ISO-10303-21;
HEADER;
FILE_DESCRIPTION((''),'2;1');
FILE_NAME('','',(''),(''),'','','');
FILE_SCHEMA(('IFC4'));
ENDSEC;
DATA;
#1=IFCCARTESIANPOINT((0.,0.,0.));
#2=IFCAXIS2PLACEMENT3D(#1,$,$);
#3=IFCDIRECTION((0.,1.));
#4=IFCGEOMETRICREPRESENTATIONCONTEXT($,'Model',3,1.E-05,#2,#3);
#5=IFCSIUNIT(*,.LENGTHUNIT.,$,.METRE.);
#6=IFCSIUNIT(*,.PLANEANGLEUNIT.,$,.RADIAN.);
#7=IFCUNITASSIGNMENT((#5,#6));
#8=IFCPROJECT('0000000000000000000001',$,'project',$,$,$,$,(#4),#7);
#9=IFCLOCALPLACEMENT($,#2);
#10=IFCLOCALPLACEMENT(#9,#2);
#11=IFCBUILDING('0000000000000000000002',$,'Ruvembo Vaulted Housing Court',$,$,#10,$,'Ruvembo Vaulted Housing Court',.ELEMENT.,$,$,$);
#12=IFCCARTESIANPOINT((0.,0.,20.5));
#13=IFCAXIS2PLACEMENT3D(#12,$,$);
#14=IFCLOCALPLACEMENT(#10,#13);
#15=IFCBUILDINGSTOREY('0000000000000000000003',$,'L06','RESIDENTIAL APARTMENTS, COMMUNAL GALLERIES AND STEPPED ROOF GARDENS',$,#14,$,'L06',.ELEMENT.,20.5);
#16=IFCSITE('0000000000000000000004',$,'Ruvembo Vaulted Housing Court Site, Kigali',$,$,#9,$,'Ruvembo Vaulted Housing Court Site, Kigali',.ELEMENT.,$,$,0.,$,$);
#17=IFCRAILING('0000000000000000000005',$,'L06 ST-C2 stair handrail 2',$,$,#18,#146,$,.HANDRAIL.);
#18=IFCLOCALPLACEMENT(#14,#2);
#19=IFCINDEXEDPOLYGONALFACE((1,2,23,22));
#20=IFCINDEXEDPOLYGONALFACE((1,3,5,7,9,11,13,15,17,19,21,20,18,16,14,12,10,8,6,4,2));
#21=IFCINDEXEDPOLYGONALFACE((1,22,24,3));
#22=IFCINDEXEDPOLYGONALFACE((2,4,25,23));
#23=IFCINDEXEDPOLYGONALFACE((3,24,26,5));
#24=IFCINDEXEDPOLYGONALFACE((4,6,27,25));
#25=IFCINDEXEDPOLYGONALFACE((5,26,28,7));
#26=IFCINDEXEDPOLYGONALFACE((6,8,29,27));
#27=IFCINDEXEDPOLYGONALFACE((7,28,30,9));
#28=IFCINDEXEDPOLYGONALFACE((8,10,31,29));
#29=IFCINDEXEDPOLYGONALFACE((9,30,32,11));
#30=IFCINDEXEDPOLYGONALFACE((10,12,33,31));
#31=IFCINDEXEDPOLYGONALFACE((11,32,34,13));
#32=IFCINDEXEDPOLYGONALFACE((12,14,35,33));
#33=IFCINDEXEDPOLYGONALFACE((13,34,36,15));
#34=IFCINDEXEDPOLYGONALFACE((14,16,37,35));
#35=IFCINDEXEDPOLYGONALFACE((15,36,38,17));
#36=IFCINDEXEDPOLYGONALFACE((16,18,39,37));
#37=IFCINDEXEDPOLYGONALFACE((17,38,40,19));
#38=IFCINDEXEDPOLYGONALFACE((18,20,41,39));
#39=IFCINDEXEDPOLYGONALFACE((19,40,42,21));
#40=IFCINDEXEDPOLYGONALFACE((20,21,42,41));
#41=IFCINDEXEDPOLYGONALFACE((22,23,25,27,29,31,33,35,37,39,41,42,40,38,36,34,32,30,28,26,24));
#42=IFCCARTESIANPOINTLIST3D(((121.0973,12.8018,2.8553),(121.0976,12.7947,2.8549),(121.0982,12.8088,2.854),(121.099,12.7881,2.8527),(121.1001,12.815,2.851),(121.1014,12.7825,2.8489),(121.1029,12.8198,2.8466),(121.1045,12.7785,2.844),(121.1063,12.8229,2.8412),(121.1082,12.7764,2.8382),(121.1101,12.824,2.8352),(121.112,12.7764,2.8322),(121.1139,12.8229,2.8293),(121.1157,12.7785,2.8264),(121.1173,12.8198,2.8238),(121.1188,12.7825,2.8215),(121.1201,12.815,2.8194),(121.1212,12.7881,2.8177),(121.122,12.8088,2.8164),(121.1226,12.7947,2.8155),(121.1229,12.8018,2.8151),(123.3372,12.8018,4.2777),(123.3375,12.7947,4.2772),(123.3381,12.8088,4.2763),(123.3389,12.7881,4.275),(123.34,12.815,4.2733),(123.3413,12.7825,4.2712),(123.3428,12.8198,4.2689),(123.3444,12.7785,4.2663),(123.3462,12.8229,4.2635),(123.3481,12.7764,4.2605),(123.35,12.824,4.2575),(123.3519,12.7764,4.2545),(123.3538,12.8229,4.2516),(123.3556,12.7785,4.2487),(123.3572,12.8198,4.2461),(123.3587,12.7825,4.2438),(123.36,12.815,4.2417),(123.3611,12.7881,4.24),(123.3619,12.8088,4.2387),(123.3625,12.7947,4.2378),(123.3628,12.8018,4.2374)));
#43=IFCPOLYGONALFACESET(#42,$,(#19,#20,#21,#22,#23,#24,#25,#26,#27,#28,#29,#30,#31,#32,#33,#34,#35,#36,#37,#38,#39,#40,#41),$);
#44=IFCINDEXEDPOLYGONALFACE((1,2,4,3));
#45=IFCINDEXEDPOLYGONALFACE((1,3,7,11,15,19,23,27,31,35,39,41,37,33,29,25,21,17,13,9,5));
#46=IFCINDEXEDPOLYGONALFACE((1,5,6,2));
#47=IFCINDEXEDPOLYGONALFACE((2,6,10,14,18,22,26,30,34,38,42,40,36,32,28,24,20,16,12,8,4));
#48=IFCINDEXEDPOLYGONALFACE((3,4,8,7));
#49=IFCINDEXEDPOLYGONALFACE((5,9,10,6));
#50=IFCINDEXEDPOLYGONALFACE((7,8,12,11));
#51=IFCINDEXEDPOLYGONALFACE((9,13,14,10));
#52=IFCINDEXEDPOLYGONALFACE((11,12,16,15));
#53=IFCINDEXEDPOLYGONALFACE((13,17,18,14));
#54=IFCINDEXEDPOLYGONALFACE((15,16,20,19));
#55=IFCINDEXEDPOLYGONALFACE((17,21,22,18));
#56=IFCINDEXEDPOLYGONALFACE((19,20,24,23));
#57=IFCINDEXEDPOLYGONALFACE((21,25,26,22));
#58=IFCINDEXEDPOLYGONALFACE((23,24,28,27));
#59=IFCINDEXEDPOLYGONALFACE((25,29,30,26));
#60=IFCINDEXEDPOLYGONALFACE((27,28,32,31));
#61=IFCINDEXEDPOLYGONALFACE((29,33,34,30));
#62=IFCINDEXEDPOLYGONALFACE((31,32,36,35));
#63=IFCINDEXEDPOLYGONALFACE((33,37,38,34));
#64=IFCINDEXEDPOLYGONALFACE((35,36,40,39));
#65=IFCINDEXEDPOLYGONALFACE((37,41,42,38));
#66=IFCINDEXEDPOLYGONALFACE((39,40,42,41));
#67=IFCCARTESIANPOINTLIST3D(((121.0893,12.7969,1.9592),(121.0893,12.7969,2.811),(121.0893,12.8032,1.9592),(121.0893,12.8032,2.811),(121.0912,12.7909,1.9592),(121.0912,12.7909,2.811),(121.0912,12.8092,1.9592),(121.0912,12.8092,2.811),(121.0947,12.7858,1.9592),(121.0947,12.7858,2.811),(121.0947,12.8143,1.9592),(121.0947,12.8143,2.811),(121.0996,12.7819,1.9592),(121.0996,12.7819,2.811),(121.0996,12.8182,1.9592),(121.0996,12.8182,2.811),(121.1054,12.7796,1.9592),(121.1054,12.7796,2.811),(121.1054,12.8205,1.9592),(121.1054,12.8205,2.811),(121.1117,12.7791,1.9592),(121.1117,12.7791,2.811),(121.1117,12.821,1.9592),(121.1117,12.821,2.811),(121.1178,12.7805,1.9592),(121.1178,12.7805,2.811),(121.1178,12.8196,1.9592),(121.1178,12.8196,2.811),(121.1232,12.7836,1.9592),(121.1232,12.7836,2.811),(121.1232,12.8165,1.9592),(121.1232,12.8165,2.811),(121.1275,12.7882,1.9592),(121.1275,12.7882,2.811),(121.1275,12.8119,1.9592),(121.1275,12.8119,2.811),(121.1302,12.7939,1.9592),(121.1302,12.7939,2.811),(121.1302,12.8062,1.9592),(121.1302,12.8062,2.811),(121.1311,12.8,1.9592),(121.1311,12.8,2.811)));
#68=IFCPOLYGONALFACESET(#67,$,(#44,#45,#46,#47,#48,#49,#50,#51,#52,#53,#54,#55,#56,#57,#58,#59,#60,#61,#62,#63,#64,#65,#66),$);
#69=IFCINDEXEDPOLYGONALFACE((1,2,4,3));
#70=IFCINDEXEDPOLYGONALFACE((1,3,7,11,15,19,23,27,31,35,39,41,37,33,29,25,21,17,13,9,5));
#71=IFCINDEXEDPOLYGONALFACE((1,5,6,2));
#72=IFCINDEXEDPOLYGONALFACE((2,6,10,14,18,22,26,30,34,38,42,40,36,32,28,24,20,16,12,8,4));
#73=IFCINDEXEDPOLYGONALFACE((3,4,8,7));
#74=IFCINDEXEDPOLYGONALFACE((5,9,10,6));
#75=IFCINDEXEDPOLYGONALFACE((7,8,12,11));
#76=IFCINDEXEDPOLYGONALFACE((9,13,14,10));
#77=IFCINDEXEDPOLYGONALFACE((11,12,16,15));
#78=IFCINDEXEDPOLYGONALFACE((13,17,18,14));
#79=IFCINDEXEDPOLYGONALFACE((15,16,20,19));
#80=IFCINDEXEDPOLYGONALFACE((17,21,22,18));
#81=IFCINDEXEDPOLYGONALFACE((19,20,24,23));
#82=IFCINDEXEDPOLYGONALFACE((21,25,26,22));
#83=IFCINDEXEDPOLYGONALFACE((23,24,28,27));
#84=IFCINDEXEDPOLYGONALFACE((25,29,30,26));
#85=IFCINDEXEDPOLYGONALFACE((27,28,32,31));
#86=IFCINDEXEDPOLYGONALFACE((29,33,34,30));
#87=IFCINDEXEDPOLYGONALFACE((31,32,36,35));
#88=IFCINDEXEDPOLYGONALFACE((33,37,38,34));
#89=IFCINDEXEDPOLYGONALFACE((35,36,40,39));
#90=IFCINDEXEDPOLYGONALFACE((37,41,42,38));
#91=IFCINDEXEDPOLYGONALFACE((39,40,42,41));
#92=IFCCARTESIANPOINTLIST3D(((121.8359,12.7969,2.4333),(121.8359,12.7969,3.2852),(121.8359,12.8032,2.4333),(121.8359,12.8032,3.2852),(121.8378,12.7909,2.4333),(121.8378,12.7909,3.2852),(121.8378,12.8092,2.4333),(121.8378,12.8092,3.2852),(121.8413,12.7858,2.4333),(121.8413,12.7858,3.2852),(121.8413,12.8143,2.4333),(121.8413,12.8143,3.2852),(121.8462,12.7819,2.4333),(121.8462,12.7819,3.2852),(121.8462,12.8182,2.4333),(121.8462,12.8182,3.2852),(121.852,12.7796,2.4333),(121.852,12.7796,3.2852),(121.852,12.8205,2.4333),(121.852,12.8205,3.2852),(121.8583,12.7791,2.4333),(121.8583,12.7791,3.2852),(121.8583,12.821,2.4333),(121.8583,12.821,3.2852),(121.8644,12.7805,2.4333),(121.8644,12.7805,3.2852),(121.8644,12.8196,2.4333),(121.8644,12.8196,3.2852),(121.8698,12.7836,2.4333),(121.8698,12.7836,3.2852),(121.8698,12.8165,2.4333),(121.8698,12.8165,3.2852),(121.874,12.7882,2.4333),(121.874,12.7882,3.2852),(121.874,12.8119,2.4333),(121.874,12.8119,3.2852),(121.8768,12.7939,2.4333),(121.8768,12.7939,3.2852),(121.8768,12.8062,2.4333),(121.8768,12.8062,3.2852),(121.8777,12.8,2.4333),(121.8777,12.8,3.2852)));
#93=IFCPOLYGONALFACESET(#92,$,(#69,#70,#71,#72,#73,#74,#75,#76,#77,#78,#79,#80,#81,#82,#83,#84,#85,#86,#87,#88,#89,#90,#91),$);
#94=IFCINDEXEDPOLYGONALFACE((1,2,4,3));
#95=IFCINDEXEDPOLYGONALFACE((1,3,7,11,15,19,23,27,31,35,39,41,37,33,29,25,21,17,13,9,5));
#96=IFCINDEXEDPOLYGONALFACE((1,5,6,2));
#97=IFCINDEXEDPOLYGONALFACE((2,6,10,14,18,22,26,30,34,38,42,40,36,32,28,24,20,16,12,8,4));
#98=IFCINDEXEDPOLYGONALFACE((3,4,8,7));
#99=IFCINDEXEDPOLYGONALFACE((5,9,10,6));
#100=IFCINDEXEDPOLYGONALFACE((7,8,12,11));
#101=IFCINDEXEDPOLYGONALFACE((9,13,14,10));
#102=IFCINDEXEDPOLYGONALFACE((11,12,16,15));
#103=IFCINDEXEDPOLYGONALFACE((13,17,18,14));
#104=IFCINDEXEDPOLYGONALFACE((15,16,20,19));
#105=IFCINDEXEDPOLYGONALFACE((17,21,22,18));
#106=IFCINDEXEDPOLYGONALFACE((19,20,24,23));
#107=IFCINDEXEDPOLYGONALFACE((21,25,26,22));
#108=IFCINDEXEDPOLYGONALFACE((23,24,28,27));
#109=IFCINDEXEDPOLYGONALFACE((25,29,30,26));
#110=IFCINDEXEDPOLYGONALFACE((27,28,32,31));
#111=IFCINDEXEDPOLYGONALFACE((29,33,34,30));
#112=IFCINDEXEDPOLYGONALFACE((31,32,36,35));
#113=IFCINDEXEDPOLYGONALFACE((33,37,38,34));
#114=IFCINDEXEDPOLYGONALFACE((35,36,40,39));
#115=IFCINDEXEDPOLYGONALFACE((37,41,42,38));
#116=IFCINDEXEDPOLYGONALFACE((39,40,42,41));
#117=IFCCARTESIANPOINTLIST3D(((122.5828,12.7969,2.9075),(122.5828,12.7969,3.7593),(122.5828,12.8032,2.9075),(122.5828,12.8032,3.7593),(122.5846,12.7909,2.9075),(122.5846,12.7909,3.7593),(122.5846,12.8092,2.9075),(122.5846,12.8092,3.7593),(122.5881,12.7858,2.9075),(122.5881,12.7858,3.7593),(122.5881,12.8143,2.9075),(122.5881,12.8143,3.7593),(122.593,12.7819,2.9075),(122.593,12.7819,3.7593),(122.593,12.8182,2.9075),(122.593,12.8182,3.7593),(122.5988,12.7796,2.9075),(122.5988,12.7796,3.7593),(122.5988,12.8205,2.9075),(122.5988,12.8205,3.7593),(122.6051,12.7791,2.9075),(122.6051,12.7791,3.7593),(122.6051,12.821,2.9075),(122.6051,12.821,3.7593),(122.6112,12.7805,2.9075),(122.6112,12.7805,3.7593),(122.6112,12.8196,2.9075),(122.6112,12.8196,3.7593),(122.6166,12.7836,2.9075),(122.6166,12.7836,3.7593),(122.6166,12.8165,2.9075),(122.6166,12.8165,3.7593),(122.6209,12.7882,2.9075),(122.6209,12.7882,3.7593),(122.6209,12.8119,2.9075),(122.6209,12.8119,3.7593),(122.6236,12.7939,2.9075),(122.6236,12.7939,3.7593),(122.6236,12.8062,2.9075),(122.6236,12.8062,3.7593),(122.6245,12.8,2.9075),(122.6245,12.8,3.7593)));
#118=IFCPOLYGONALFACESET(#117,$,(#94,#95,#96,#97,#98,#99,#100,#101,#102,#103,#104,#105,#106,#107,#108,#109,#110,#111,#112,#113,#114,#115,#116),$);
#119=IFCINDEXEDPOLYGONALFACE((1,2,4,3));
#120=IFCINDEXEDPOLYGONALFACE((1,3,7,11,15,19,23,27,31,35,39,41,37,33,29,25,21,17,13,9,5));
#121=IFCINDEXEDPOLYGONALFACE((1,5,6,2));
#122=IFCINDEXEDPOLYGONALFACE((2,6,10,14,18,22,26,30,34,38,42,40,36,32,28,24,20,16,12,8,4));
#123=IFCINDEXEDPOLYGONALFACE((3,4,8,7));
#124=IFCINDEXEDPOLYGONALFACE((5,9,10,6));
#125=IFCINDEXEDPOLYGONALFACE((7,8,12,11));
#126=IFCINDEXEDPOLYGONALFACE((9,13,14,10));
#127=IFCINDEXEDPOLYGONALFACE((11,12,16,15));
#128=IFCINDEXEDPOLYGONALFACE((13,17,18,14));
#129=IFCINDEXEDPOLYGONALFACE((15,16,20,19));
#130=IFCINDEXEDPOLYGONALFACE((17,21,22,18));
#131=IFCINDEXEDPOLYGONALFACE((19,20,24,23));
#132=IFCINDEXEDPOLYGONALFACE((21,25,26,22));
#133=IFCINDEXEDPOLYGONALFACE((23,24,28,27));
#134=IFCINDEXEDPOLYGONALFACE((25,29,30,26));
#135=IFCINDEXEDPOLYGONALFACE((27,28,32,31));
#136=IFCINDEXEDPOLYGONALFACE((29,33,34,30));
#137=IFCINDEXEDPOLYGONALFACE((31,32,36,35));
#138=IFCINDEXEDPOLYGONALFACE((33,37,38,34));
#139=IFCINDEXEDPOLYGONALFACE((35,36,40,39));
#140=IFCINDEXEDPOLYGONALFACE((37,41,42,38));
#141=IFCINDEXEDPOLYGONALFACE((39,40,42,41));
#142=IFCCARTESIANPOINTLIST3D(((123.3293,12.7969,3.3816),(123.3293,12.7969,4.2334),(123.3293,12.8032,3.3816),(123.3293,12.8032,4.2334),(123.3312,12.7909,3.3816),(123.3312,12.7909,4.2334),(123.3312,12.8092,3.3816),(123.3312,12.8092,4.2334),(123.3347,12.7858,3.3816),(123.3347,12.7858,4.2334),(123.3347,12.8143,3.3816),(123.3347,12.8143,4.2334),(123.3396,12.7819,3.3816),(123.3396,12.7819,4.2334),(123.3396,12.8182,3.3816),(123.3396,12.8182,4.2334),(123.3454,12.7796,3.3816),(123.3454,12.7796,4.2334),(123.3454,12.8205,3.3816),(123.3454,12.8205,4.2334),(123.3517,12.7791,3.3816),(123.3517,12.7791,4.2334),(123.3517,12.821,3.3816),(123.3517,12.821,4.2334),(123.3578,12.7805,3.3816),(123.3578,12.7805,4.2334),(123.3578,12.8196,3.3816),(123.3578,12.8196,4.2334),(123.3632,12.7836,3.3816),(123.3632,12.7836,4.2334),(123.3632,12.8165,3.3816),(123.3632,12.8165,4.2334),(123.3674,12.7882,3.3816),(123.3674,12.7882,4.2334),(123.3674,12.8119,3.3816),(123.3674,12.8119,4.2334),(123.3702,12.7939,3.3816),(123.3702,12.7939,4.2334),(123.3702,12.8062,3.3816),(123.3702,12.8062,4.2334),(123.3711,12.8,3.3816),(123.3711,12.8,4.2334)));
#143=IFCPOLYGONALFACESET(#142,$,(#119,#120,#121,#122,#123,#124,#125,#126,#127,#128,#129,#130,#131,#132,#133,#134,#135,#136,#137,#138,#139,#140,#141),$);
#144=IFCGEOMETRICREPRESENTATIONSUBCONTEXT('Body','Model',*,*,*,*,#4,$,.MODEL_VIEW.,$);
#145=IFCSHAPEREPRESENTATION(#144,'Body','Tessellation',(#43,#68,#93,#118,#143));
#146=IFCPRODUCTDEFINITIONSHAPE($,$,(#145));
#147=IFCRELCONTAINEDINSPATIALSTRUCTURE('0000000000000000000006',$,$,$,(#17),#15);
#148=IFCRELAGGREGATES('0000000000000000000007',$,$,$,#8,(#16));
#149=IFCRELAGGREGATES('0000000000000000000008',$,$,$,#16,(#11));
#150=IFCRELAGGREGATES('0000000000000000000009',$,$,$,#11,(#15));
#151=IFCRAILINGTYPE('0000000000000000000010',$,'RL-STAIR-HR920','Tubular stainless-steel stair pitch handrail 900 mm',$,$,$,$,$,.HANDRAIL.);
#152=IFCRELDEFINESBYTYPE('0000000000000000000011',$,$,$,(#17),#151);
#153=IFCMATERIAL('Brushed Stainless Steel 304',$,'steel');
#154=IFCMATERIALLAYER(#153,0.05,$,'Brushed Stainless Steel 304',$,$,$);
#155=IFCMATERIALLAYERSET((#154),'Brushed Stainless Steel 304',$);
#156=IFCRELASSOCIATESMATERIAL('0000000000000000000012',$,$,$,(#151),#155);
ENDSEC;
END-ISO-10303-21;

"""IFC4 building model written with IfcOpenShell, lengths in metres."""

from ifc_helpers import new_model, si_unit, direction, frame, origin, origin_2d, place, context, subcontext, project, spatial, circle, extrude, material, layer, layer_set, type_object, element, save


model = new_model("IFC4")

# Units and contexts
model_context = context("Model", 3, precision=1e-05, world=origin(), true_north=direction((0.0, 1.0)))
body_context = subcontext(model_context, "Body", "Model", "MODEL_VIEW")
ifc_project = project(units=[si_unit("LENGTHUNIT", "METRE"), si_unit("PLANEANGLEUNIT", "RADIAN")], contexts=[model_context])

# Site, building, storey
site_placement = place(None, origin())
site = spatial("IfcSite", under=ifc_project, at=site_placement, Name="Ruvembo Vaulted Housing Court Site, Kigali", LongName="Ruvembo Vaulted Housing Court Site, Kigali", CompositionType="ELEMENT", RefElevation=0.0)
building_placement = place(site_placement, origin())
building = spatial("IfcBuilding", under=site, at=building_placement, Name="Ruvembo Vaulted Housing Court", LongName="Ruvembo Vaulted Housing Court", CompositionType="ELEMENT")
storey_placement = place(building_placement, frame((0.0, 0.0, 20.5)))
storey = spatial("IfcBuildingStorey", under=building, at=storey_placement, Name="L06", Description="RESIDENTIAL APARTMENTS, COMMUNAL GALLERIES AND STEPPED ROOF GARDENS", LongName="L06", CompositionType="ELEMENT", Elevation=20.5)

# Railing
ifc_material_1 = material(Name="Brushed Stainless Steel 304", Category="steel")
ifc_layer_1 = layer(ifc_material_1, 0.05, Name="Brushed Stainless Steel 304")
ifc_layer_set_1 = layer_set([ifc_layer_1], Name="Brushed Stainless Steel 304")
railing_type_1 = type_object("IfcRailingType", Name="RL-STAIR-HR920", Description="Tubular stainless-steel stair pitch handrail 900 mm", PredefinedType="HANDRAIL", material=ifc_layer_set_1)
railing_1_placement = place(storey_placement, frame((121.1101, 12.8, 1.9592)))
element("IfcRailing", 1, at=railing_1_placement, inside=storey, type_object=railing_type_1, Name="L06 ST-C2 stair handrail 2", PredefinedType="HANDRAIL", context=body_context, shape_type="SweptSolid", body=[
    extrude(circle(Radius=0.0239, at=origin_2d()), frame((0.0, 0.0, 0.876), z_axis=(0.844188, 0.0, 0.536048), x_axis=(0.0, 1.0, 0.0)), (0.0, 0.0, 1.0), 2.6533),
    extrude(circle(Radius=0.021, at=origin_2d()), origin(), (0.0, 0.0, 1.0), 0.8518),
    extrude(circle(Radius=0.021, at=origin_2d()), frame((0.7466, 0.0, 0.4741)), (0.0, 0.0, 1.0), 0.8518),
    extrude(circle(Radius=0.021, at=origin_2d()), frame((1.4934, 0.0, 0.9482)), (0.0, 0.0, 1.0), 0.8518),
    extrude(circle(Radius=0.021, at=origin_2d()), frame((2.24, 0.0, 1.4224)), (0.0, 0.0, 1.0), 0.8518),
])

save(model, "model.ifc")
